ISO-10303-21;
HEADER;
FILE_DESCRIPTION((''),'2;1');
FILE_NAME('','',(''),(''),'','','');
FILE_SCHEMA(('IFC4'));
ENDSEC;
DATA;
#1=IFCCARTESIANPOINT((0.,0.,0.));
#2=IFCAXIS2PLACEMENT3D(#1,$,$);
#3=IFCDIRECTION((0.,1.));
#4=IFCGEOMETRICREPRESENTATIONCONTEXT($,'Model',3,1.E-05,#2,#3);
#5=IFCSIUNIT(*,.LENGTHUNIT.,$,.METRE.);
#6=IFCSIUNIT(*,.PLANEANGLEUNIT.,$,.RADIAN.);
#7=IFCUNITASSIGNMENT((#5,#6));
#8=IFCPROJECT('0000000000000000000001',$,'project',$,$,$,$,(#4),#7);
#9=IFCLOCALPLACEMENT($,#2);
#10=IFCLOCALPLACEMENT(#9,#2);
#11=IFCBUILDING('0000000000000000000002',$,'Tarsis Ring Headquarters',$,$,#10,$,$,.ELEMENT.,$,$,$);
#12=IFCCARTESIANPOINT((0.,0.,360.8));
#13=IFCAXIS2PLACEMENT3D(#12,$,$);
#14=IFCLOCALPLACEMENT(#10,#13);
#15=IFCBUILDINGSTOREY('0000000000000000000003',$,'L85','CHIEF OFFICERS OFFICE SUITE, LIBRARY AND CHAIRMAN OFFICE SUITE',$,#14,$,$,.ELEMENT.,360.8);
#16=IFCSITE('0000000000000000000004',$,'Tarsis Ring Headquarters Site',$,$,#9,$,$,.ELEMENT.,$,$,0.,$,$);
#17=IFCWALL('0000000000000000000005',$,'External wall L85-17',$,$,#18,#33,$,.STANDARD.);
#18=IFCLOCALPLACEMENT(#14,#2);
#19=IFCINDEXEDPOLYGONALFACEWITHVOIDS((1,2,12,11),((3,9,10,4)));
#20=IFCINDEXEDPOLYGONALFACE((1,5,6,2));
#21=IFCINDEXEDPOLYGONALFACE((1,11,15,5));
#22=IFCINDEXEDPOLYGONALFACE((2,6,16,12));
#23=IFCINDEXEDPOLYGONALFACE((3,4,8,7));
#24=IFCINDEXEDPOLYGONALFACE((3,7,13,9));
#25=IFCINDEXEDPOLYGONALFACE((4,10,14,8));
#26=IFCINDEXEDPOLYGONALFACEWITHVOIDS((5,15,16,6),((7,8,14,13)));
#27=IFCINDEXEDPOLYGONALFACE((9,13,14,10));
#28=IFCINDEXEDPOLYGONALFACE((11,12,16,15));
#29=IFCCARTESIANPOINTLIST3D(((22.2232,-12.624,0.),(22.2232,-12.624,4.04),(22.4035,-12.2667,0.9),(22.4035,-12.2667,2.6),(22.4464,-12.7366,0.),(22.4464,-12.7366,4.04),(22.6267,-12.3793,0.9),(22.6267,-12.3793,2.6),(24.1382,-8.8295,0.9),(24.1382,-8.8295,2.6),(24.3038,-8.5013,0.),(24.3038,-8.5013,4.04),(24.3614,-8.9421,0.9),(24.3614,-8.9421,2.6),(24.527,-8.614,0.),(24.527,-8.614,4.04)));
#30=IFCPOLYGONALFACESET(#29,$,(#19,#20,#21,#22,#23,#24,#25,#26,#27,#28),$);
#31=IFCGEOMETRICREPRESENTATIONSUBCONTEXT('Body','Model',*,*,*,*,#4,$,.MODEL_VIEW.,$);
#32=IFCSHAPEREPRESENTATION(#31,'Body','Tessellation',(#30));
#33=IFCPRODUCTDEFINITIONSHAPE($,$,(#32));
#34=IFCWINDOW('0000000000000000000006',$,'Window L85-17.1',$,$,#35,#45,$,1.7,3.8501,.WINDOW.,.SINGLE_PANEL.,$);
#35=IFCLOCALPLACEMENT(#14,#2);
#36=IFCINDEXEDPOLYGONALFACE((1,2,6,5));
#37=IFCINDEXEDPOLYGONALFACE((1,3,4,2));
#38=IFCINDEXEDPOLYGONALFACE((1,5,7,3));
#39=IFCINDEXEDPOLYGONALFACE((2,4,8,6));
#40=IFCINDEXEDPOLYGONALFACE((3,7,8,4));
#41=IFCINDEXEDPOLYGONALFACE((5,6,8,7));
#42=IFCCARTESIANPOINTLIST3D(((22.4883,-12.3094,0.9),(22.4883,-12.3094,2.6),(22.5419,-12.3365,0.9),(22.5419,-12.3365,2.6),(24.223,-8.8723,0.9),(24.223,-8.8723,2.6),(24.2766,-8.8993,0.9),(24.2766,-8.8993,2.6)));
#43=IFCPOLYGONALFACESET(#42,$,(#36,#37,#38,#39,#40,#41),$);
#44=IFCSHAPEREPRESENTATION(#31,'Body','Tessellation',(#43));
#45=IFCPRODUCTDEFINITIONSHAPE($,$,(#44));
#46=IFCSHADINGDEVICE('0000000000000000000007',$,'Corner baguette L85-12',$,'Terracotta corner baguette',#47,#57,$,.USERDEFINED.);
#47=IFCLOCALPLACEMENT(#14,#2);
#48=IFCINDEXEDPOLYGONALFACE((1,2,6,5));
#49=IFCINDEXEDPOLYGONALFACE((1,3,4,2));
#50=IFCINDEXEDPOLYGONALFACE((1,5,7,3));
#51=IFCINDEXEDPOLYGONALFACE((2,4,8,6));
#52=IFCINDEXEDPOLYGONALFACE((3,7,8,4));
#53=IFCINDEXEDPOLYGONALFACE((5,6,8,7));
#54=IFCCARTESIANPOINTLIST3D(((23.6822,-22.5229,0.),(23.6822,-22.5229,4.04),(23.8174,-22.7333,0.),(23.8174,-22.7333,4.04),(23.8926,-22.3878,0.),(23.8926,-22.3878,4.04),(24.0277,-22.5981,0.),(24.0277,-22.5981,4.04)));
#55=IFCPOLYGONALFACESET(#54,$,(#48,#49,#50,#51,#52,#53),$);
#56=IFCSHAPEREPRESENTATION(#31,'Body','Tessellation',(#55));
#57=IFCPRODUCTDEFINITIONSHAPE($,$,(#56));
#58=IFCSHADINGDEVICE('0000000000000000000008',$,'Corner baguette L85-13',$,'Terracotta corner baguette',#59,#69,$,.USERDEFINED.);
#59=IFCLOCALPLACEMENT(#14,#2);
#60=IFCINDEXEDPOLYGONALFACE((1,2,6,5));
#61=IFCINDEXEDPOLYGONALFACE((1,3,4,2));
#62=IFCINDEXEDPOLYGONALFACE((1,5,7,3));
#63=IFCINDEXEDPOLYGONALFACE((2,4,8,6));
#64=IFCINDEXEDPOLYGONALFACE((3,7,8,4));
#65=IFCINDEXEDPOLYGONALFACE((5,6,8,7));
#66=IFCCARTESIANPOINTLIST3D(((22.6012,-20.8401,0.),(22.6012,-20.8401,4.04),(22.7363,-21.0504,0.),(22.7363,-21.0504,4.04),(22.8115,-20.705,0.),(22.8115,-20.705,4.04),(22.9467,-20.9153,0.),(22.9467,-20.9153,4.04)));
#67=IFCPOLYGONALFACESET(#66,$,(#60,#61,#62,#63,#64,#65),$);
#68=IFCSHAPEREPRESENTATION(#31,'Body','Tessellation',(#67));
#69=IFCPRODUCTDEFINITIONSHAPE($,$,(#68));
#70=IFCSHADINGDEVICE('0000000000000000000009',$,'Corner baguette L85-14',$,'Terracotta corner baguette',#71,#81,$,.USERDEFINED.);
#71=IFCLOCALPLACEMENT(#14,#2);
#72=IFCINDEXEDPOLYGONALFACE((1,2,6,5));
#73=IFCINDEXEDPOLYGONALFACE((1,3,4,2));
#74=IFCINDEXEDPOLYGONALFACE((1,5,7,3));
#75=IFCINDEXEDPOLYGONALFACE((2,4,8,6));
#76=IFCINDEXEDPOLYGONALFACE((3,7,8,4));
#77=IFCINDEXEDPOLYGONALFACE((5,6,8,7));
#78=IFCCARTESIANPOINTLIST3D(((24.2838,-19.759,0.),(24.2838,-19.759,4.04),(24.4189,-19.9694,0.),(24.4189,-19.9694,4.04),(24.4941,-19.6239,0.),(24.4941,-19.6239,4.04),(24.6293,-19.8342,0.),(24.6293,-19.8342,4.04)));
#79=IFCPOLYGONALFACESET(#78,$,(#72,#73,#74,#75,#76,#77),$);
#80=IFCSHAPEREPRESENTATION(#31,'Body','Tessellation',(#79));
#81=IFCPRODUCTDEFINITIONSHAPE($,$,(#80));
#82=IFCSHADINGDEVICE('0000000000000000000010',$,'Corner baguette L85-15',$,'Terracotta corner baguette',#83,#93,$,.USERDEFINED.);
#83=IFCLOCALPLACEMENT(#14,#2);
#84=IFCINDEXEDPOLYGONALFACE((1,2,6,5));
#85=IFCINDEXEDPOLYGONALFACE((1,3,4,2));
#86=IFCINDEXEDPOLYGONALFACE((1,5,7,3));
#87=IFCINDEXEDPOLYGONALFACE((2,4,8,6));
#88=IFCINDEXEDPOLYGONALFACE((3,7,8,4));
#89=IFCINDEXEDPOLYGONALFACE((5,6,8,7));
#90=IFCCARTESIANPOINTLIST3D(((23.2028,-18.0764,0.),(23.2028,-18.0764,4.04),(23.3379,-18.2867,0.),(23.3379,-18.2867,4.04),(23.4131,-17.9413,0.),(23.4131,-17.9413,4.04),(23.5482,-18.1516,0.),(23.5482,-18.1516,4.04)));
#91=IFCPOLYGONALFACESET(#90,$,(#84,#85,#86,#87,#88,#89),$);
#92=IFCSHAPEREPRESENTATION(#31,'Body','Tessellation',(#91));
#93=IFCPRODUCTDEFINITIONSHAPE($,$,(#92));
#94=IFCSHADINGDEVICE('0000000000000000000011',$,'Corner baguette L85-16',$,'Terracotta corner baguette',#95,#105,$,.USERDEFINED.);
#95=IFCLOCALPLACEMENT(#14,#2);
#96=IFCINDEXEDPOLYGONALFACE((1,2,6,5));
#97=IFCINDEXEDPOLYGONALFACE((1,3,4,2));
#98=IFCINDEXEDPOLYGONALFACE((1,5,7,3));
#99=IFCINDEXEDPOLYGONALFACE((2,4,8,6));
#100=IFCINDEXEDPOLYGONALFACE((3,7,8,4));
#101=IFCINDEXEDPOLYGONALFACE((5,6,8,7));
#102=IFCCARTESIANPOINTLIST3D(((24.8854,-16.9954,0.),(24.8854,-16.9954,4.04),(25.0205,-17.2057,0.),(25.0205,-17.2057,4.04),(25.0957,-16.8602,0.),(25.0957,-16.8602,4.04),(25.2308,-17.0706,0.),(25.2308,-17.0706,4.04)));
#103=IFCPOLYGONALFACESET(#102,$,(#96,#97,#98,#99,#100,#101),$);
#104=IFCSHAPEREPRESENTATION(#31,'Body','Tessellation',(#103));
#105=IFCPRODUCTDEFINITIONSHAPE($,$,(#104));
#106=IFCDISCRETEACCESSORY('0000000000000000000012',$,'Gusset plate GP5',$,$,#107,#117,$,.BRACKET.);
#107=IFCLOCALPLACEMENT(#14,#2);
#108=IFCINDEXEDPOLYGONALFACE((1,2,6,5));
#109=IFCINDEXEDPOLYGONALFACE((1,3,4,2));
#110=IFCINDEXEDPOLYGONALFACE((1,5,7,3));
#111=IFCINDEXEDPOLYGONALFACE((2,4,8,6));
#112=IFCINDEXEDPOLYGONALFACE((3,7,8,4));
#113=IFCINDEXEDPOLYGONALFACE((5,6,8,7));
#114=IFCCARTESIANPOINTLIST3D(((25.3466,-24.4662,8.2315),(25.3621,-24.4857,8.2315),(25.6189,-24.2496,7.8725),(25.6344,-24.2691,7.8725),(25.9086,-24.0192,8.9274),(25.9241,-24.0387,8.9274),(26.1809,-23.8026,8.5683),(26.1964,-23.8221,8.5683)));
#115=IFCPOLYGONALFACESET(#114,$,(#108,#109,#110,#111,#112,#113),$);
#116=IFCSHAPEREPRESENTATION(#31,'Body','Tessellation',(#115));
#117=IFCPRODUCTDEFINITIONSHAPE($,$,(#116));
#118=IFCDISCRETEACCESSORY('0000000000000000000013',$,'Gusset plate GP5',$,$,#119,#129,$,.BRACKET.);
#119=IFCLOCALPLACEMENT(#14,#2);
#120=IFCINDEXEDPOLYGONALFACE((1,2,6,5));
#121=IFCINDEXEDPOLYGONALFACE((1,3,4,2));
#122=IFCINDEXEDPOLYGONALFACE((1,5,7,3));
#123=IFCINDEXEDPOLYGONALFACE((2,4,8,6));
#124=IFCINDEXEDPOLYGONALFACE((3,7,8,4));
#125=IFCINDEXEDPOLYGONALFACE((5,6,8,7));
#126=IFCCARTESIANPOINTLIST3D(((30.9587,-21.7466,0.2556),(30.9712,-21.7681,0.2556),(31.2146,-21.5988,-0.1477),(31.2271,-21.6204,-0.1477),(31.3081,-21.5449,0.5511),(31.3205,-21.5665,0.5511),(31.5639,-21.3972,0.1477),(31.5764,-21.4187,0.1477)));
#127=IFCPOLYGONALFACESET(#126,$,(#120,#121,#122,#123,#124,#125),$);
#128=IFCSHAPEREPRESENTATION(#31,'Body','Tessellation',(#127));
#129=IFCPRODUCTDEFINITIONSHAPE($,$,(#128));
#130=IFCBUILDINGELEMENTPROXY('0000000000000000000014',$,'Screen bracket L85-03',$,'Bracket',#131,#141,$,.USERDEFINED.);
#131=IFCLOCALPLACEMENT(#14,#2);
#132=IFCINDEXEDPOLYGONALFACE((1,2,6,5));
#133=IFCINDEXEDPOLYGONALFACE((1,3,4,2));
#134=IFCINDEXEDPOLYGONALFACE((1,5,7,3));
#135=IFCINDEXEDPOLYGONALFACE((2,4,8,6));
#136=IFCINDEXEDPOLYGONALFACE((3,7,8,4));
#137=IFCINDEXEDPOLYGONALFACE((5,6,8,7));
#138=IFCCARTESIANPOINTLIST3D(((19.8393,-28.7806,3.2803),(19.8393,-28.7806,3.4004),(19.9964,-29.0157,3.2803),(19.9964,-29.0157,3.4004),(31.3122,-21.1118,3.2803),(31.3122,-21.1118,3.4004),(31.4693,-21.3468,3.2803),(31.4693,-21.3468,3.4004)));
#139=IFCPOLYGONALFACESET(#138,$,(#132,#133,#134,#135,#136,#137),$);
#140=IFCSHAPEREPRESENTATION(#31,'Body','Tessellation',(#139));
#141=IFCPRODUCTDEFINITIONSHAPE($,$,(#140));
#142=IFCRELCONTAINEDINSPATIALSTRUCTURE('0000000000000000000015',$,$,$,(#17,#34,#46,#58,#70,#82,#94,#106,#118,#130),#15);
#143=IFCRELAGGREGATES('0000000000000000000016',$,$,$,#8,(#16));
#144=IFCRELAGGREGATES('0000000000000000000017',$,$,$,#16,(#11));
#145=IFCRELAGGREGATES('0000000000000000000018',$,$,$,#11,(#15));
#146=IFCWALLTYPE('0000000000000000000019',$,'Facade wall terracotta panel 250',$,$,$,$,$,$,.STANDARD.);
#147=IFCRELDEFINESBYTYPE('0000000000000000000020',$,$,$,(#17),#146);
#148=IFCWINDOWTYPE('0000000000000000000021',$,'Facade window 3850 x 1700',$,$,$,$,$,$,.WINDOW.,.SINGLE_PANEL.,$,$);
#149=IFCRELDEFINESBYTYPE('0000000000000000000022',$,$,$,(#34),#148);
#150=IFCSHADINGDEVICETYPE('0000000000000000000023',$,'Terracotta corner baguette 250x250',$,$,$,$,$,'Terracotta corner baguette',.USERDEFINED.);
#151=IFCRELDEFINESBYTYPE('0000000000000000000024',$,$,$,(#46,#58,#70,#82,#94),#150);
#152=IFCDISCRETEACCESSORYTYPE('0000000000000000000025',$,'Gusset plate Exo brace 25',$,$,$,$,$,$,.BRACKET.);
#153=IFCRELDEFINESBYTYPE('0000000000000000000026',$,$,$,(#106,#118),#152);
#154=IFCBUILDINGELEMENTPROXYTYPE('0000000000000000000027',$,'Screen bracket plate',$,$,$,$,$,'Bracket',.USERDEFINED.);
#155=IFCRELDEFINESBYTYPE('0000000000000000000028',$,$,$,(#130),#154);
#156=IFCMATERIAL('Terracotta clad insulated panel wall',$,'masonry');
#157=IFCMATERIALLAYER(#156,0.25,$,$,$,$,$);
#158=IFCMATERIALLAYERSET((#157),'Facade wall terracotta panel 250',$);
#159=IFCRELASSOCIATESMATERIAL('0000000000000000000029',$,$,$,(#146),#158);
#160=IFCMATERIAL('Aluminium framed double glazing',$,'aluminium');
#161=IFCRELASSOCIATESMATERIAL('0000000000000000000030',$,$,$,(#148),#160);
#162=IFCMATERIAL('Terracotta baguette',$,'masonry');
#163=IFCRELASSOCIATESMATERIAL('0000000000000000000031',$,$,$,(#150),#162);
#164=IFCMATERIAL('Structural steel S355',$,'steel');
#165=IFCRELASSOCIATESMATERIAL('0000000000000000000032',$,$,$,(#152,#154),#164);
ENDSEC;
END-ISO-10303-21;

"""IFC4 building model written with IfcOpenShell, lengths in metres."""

from ifc_helpers import new_model, si_unit, direction, frame, frame_2d, origin, origin_2d, place, context, subcontext, project, spatial, rectangle, extrude, material, layer, layer_set, material_profile, profile_set, type_object, element, fill, save


model = new_model("IFC4")

# Units and contexts
model_context = context("Model", 3, precision=1e-05, world=origin(), true_north=direction((0.0, 1.0)))
body_context = subcontext(model_context, "Body", "Model", "MODEL_VIEW")
ifc_project = project(units=[si_unit("LENGTHUNIT", "METRE"), si_unit("PLANEANGLEUNIT", "RADIAN")], contexts=[model_context])

# Site, building, storey
site_placement = place(None, origin())
site = spatial("IfcSite", under=ifc_project, at=site_placement, Name="Tarsis Ring Headquarters Site", CompositionType="ELEMENT", RefElevation=0.0)
building_placement = place(site_placement, origin())
building = spatial("IfcBuilding", under=site, at=building_placement, Name="Tarsis Ring Headquarters", CompositionType="ELEMENT")
storey_placement = place(building_placement, frame((0.0, 0.0, 360.8)))
storey = spatial("IfcBuildingStorey", under=building, at=storey_placement, Name="L85", Description="CHIEF OFFICERS OFFICE SUITE, LIBRARY AND CHAIRMAN OFFICE SUITE", CompositionType="ELEMENT", Elevation=360.8)

# Shared definitions
ifc_material_1 = material(Name="Structural steel S355", Category="steel")

# Shared definitions
ifc_material_2 = material(Name="Terracotta clad insulated panel wall", Category="masonry")
ifc_layer_1 = layer(ifc_material_2, 0.25)
ifc_layer_set_1 = layer_set([ifc_layer_1], Name="Facade wall terracotta panel 250")
wall_type = type_object("IfcWallType", Name="Facade wall terracotta panel 250", PredefinedType="STANDARD", material=ifc_layer_set_1)

# Wall, opening, window
ifc_material_3 = material(Name="Aluminium framed double glazing", Category="aluminium")
wall_1_placement = place(storey_placement, frame((22.3347, -12.6804, 0.0), z_axis=(0.0, 0.0, 1.0), x_axis=(0.450552, 0.89275, 0.0)))
wall_1 = element("IfcWall", 1, at=wall_1_placement, inside=storey, type_object=wall_type, Name="External wall L85-17", PredefinedType="STANDARD", context=body_context, shape_type="SweptSolid", body=[
    extrude(rectangle(XDim=4.6179, YDim=0.25, at=frame_2d((2.3091, 0.0))), origin(), (0.0, 0.0, 1.0), 4.04),
])
opening_1_placement = place(wall_1_placement, frame((0.4004, 0.0, 0.8999)))
opening_1 = element("IfcOpeningElement", 2, at=opening_1_placement, cuts=wall_1, PredefinedType="OPENING", context=body_context, shape_type="SweptSolid", body=[
    extrude(rectangle(XDim=3.8501, YDim=1.7, at=frame_2d((1.925, 0.8501))), frame((0.0, 0.135, 0.0), z_axis=(0.0, -1.0, 0.0), x_axis=(1.0, 0.0, 0.0)), (0.0, 0.0, 1.0), 0.27),
])
window_type_1 = type_object("IfcWindowType", Name="Facade window 3850 x 1700", PartitioningType="SINGLE_PANEL", PredefinedType="WINDOW", material=ifc_material_3)
window_1_placement = place(opening_1_placement, origin())
window_1 = element("IfcWindow", 3, at=window_1_placement, inside=storey, type_object=window_type_1, Name="Window L85-17.1", OverallHeight=1.7, OverallWidth=3.8501, PartitioningType="SINGLE_PANEL", PredefinedType="WINDOW", context=body_context, shape_type="SweptSolid", body=[
    extrude(rectangle(XDim=3.8501, YDim=1.7, at=frame_2d((1.925, 0.8501))), frame((0.0, 0.03, 0.0), z_axis=(0.0, -1.0, 0.0), x_axis=(1.0, 0.0, 0.0)), (0.0, 0.0, 1.0), 0.0601),
])
fill(opening_1, window_1)

# Shading devices
ifc_material_4 = material(Name="Terracotta baguette", Category="masonry")
shading_device_type_1 = type_object("IfcShadingDeviceType", Name="Terracotta corner baguette 250x250", ElementType="Terracotta corner baguette", PredefinedType="USERDEFINED", material=ifc_material_4)
for number, where, z_axis, x_axis, name in (
    (4, (23.855, -22.5605, 0.0), (0.0, 0.0, 1.0), (0.841322, 0.540534, 0.0), "Corner baguette L85-12"),
    (5, (22.7739, -20.8777, 0.0), (0.0, 0.0, 1.0), (-0.540534, 0.841322, 0.0), "Corner baguette L85-13"),
    (6, (24.4565, -19.7966, 0.0), (0.0, 0.0, 1.0), (0.841322, 0.540534, 0.0), "Corner baguette L85-14"),
    (7, (23.3755, -18.114, 0.0), (0.0, 0.0, 1.0), (-0.540534, 0.841322, 0.0), "Corner baguette L85-15"),
    (8, (25.0581, -17.033, 0.0), (0.0, 0.0, 1.0), (0.841322, 0.540534, 0.0), "Corner baguette L85-16"),
):
    element("IfcShadingDevice", number, at=place(storey_placement, frame(where, z_axis=z_axis, x_axis=x_axis)), inside=storey, type_object=shading_device_type_1, Name=name, ObjectType="Terracotta corner baguette", PredefinedType="USERDEFINED", context=body_context, shape_type="SweptSolid", body=[
        extrude(rectangle(XDim=0.25, YDim=0.25, at=origin_2d()), origin(), (0.0, 0.0, 1.0), 4.04),
    ])

# Discrete accessories
ifc_material_profile_1 = material_profile(ifc_material_1, rectangle(XDim=0.0249, YDim=0.5, at=origin_2d()), Name="PL 25x500")
ifc_profile_set_1 = profile_set([ifc_material_profile_1], Name="Structural steel S355")
discrete_accessory_type = type_object("IfcDiscreteAccessoryType", Name="Gusset plate Exo brace 25", PredefinedType="BRACKET", material=ifc_profile_set_1)
discrete_accessory_1_placement = place(storey_placement, frame((25.4905, -24.3677, 8.052), z_axis=(0.562061, 0.447061, 0.695862), x_axis=(-0.622495, 0.782624, 0.0)))
element("IfcDiscreteAccessory", 9, at=discrete_accessory_1_placement, inside=storey, type_object=discrete_accessory_type, Name="Gusset plate GP5", PredefinedType="BRACKET", context=body_context, shape_type="SweptSolid", body=[
    extrude(rectangle(XDim=0.0249, YDim=0.5, at=origin_2d()), origin(), (0.0, 0.0, 1.0), 1.0),
])
discrete_accessory_2_placement = place(storey_placement, frame((31.3955, -21.5088, 0.0), z_axis=(-0.511772, -0.295441, 0.806724), x_axis=(0.499961, -0.866048, 0.0)))
element("IfcDiscreteAccessory", 10, at=discrete_accessory_2_placement, inside=storey, type_object=discrete_accessory_type, Name="Gusset plate GP5", PredefinedType="BRACKET", context=body_context, shape_type="SweptSolid", body=[
    extrude(rectangle(XDim=0.0249, YDim=0.5, at=origin_2d()), origin(), (0.0, 0.0, 1.0), 0.5),
])

# Building element proxy
building_element_proxy_type = type_object("IfcBuildingElementProxyType", Name="Screen bracket plate", ElementType="Bracket", PredefinedType="USERDEFINED", material=ifc_material_1)
proxy_placement = place(storey_placement, frame((25.6543, -25.0637, 3.2803), z_axis=(0.0, 0.0, 1.0), x_axis=(0.831373, 0.555715, 0.0)))
element("IfcBuildingElementProxy", 11, at=proxy_placement, inside=storey, type_object=building_element_proxy_type, Name="Screen bracket L85-03", ObjectType="Bracket", PredefinedType="USERDEFINED", context=body_context, shape_type="SweptSolid", body=[
    extrude(rectangle(XDim=13.8, YDim=0.2827, at=origin_2d()), origin(), (0.0, 0.0, 1.0), 0.1201),
])

save(model, "model.ifc")
